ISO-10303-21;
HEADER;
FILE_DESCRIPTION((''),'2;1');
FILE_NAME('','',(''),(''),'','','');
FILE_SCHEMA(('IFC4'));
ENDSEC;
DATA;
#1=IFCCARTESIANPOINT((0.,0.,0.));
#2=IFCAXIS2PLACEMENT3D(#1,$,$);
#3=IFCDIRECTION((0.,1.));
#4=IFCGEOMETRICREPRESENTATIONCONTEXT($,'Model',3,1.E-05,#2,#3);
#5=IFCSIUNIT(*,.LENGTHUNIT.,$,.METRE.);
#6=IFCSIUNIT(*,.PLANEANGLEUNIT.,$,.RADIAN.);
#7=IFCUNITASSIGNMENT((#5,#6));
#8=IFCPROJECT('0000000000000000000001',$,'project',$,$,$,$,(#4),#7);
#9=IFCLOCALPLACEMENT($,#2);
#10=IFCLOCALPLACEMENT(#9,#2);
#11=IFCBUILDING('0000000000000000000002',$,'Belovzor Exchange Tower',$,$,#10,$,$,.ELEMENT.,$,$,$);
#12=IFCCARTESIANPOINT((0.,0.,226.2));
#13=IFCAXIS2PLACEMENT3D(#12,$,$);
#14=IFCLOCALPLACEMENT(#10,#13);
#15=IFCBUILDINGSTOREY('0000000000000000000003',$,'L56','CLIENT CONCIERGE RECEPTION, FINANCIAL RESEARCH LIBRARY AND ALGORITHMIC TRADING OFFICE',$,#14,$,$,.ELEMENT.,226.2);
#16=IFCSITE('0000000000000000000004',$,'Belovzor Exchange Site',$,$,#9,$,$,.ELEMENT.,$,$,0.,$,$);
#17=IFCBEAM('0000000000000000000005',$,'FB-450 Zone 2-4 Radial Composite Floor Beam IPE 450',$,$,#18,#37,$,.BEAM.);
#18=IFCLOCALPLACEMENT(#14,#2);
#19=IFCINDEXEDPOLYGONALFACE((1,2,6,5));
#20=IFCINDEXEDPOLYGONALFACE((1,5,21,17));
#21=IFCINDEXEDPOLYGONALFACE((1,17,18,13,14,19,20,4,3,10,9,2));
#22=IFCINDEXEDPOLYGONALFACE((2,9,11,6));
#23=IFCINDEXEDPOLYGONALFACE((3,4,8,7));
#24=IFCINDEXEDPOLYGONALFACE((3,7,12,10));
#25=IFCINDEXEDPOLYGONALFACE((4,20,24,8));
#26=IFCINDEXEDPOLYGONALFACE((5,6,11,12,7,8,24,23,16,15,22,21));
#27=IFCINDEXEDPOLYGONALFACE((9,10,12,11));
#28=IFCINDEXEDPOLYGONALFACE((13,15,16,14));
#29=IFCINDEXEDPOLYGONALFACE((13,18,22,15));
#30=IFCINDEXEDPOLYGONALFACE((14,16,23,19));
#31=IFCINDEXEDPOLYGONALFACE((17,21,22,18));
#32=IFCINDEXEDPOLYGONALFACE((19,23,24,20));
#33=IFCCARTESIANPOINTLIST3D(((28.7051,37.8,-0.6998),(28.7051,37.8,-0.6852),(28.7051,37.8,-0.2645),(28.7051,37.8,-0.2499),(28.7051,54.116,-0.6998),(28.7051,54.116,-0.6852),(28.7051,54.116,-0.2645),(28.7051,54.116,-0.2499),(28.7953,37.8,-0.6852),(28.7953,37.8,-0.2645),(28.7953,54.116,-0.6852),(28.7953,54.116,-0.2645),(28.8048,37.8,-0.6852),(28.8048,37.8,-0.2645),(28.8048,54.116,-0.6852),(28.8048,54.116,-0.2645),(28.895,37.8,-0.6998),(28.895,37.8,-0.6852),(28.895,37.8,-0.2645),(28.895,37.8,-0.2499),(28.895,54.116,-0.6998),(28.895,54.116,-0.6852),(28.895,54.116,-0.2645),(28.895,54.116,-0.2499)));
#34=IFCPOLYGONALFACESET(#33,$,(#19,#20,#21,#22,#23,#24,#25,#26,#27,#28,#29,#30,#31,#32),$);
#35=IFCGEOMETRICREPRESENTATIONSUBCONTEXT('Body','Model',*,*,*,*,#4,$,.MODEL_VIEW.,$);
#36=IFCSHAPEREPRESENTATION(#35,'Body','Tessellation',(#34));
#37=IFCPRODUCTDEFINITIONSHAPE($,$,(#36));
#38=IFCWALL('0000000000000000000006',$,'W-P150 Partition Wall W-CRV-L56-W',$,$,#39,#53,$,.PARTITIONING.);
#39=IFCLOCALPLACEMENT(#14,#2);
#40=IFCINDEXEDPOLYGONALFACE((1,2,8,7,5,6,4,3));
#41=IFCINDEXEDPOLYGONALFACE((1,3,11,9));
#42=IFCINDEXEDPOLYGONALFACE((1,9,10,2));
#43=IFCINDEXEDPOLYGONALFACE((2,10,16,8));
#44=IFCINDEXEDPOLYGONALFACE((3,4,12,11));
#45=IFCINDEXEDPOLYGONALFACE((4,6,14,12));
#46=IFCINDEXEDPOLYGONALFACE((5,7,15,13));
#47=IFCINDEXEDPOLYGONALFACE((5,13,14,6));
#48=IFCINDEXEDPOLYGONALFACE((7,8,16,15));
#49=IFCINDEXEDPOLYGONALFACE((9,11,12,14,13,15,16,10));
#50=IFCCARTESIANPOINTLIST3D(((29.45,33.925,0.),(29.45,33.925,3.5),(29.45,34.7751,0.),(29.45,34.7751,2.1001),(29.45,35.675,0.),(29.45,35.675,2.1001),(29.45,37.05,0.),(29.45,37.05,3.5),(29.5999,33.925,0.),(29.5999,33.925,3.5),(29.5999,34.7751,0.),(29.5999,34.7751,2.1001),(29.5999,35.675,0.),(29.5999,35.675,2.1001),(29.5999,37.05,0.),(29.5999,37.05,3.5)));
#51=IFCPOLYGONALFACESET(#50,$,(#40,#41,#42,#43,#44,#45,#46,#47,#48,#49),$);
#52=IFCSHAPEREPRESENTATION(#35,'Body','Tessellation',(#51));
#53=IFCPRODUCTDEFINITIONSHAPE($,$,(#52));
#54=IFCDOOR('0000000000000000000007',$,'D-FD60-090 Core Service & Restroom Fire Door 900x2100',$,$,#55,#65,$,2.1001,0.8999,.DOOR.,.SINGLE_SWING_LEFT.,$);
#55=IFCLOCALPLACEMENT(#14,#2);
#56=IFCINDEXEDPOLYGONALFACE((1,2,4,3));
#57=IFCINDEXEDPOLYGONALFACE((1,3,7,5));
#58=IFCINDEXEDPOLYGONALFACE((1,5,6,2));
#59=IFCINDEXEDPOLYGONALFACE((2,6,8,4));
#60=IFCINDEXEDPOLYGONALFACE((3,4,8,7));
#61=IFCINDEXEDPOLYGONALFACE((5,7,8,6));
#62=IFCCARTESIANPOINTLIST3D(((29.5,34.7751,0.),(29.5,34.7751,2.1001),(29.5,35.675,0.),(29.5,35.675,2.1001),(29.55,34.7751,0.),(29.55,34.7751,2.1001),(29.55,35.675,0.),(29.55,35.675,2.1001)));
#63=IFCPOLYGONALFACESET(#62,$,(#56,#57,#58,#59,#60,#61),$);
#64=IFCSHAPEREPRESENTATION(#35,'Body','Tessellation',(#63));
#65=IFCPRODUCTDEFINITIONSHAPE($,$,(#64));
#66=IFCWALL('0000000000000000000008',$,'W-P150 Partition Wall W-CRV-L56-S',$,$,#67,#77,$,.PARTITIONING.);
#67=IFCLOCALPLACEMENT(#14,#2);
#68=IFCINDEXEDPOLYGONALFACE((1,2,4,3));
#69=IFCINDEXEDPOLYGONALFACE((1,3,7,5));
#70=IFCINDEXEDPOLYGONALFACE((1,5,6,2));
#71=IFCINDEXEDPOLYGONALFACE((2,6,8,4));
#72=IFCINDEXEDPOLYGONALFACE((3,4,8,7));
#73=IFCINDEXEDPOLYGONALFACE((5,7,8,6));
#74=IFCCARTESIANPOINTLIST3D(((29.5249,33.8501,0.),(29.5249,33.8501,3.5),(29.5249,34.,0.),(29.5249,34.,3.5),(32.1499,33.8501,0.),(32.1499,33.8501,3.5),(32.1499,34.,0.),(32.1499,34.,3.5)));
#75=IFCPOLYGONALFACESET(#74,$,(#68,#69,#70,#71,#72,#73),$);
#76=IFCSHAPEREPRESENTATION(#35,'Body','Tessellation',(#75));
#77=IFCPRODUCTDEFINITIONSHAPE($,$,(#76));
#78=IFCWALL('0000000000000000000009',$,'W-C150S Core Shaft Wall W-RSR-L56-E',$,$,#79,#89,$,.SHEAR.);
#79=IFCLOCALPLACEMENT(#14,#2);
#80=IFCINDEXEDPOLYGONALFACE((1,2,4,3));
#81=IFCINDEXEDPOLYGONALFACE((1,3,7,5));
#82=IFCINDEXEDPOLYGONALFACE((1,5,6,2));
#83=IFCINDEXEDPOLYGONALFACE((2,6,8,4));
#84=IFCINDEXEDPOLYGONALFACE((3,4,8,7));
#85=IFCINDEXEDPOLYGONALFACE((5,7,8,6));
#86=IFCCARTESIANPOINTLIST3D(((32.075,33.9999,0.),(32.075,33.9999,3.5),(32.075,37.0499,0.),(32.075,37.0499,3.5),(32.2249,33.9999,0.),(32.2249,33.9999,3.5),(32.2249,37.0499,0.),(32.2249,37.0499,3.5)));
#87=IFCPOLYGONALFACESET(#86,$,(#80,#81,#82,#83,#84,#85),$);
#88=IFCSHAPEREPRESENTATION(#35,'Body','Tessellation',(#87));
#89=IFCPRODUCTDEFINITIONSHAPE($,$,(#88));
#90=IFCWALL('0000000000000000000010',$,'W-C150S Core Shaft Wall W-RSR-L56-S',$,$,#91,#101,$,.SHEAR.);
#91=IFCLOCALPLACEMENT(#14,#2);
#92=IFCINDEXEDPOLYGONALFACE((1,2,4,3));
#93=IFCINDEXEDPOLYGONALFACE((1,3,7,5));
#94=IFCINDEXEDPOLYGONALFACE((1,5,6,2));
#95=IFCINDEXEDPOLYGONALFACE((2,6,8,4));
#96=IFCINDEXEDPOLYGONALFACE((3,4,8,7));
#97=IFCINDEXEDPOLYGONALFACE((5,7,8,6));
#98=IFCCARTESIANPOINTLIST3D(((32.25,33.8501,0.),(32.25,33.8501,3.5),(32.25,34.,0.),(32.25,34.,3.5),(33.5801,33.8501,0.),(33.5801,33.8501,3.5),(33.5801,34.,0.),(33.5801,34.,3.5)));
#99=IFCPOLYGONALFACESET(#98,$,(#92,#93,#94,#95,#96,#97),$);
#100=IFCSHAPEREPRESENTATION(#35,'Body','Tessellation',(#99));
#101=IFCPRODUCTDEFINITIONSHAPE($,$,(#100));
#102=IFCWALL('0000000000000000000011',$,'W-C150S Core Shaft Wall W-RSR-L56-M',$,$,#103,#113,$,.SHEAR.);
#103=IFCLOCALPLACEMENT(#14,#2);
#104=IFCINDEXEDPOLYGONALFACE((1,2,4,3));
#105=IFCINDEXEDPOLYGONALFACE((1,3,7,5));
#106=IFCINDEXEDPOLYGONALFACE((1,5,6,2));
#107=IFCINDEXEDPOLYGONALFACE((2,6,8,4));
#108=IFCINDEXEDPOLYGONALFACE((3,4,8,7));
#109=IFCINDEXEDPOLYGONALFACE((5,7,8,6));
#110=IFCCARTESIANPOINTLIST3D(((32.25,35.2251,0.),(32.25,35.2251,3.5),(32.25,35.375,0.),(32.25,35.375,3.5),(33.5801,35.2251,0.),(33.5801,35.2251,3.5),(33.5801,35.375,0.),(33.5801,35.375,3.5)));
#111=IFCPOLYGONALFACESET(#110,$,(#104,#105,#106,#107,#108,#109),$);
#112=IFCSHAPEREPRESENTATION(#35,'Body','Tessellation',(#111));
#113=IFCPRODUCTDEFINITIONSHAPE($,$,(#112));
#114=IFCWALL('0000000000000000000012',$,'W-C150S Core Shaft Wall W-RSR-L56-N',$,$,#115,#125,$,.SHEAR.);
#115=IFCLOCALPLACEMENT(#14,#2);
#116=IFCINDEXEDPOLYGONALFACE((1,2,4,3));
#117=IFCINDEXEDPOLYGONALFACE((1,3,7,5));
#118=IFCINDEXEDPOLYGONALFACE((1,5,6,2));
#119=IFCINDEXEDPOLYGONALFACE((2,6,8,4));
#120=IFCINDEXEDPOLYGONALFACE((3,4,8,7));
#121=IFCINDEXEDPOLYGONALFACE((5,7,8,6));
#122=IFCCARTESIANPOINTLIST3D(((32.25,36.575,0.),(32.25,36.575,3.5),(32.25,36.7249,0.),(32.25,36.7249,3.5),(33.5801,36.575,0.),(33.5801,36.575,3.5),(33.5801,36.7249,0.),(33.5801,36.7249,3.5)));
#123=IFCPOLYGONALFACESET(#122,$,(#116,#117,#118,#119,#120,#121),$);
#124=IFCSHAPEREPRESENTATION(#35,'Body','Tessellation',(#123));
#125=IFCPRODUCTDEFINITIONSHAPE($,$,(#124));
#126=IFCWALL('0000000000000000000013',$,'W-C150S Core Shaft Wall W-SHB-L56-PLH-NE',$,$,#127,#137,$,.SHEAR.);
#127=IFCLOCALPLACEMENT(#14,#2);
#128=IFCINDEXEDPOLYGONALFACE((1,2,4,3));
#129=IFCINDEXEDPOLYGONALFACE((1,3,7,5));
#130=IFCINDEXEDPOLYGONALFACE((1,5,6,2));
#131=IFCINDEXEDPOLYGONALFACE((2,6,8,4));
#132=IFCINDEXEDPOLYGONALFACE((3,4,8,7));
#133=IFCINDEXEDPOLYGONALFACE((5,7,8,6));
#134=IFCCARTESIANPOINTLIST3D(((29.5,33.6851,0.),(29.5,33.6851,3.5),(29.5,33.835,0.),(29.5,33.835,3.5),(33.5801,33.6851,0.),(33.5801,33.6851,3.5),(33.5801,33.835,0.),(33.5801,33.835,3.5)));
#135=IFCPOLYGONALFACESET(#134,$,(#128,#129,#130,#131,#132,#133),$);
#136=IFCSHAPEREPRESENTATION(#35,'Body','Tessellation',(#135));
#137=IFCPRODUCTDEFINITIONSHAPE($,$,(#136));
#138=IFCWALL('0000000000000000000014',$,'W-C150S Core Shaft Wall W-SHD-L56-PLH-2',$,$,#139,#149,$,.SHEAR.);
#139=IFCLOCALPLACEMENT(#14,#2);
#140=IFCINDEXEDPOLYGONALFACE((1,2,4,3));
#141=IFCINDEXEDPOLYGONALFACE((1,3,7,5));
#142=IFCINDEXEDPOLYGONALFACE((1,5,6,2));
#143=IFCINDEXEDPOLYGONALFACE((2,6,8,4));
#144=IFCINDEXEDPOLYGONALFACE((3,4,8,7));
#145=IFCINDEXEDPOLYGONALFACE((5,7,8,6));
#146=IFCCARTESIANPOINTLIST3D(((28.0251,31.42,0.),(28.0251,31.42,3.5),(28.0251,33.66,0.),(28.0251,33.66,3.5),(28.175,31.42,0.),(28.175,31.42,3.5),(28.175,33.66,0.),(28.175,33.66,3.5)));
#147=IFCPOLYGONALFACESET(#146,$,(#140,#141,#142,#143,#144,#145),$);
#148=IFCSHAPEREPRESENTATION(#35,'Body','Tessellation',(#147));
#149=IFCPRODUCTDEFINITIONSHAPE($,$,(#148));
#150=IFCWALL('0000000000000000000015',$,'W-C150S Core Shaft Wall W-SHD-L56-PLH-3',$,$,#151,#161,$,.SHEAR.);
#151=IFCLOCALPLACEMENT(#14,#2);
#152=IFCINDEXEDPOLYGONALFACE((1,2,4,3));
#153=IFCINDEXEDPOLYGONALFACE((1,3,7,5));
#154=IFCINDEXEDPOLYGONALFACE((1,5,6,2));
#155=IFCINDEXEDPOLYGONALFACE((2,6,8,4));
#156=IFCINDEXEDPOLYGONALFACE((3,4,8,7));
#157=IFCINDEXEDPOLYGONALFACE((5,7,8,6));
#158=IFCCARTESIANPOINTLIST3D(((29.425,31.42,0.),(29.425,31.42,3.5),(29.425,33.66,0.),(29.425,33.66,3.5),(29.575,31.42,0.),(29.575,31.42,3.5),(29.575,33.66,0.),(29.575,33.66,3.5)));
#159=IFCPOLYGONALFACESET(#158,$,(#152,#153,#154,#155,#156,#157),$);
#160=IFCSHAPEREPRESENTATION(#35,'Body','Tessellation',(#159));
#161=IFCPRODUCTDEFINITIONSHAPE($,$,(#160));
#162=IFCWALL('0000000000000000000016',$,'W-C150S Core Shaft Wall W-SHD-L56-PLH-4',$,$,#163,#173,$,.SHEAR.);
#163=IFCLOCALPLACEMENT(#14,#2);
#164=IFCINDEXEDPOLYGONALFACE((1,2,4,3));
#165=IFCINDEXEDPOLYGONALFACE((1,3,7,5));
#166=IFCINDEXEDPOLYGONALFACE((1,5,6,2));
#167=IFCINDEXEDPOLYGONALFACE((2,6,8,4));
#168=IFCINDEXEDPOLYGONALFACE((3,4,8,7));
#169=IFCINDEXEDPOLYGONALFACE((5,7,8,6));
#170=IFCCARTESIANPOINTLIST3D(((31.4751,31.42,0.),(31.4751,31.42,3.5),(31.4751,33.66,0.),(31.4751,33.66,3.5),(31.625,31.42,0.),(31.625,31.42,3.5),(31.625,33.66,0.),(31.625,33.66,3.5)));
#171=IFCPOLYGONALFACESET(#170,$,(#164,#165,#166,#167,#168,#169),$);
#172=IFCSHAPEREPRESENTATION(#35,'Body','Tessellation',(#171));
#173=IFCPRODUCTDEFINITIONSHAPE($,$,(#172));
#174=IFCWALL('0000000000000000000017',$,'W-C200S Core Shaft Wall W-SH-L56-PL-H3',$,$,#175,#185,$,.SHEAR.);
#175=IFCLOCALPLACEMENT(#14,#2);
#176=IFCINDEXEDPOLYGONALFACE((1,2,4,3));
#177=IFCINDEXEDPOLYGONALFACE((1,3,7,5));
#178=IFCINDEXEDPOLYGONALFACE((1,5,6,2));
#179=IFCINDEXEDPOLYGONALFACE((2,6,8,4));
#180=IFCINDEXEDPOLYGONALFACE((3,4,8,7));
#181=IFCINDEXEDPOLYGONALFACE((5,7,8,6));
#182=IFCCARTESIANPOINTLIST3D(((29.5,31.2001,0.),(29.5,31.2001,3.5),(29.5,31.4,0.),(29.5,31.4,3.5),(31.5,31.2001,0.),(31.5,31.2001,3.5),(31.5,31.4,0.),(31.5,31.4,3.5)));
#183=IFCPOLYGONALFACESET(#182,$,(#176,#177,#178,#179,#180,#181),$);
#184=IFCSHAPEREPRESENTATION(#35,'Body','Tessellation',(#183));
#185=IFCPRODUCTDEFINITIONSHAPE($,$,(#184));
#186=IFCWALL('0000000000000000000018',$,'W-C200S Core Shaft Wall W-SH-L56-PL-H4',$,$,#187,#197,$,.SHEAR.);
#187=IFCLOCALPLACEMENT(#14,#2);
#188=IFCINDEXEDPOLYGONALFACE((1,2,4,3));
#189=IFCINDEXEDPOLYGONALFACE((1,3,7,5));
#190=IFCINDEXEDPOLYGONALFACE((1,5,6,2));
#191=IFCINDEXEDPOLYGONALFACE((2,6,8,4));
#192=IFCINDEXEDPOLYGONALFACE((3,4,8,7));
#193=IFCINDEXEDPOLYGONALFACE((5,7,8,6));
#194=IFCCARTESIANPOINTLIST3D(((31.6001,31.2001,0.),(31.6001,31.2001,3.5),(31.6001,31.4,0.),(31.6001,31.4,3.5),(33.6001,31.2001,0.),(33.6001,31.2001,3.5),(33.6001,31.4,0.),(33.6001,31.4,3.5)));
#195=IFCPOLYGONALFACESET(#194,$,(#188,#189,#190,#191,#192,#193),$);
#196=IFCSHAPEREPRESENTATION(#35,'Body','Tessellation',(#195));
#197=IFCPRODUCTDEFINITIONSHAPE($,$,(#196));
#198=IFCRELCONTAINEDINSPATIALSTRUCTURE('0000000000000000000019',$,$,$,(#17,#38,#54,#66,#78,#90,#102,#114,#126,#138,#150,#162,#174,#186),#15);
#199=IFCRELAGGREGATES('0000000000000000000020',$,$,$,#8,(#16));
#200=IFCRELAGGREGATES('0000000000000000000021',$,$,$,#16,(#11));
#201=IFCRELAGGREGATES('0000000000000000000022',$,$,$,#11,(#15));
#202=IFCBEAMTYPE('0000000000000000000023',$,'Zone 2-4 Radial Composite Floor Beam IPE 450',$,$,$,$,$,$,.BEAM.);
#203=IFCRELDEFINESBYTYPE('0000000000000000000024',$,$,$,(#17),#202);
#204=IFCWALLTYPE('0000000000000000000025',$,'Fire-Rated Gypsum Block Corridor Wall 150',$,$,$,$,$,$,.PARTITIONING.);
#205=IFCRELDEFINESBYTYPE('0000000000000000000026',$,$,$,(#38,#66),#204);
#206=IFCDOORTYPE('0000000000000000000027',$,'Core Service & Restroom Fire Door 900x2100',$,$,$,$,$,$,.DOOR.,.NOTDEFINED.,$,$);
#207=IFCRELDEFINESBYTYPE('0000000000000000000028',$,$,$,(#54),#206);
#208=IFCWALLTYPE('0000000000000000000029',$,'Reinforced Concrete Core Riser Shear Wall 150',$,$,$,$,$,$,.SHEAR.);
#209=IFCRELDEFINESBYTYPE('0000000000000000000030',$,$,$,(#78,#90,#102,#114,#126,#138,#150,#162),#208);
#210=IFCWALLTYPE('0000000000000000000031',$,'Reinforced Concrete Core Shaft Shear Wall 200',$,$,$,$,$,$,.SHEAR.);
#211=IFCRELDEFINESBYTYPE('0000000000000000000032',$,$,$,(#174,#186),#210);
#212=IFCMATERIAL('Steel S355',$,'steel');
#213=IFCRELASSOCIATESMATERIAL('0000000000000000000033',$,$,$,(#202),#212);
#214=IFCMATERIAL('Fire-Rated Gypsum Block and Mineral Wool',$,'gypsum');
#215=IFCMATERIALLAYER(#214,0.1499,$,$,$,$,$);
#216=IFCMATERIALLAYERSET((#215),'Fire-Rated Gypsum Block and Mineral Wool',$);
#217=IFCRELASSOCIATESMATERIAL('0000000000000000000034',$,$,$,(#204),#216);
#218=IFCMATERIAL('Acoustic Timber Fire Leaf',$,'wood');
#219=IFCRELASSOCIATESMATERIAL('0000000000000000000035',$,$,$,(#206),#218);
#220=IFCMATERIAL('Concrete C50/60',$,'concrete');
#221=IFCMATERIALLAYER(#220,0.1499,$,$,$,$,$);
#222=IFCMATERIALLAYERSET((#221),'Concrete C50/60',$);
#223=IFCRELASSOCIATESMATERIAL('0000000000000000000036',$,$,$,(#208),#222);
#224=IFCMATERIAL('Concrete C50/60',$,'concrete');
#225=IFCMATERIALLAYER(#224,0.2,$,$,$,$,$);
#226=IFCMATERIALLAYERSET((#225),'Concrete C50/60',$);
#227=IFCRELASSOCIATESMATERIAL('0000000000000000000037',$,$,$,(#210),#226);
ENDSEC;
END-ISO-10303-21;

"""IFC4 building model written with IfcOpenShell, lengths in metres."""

from ifc_helpers import new_model, si_unit, direction, frame, frame_2d, origin, origin_2d, place, context, subcontext, project, spatial, rectangle, i_section, extrude, material, layer, layer_set, material_profile, profile_set, type_object, element, fill, save


model = new_model("IFC4")

# Units and contexts
model_context = context("Model", 3, precision=1e-05, world=origin(), true_north=direction((0.0, 1.0)))
body_context = subcontext(model_context, "Body", "Model", "MODEL_VIEW")
ifc_project = project(units=[si_unit("LENGTHUNIT", "METRE"), si_unit("PLANEANGLEUNIT", "RADIAN")], contexts=[model_context])

# Site, building, storey
site_placement = place(None, origin())
site = spatial("IfcSite", under=ifc_project, at=site_placement, Name="Belovzor Exchange Site", CompositionType="ELEMENT", RefElevation=0.0)
building_placement = place(site_placement, origin())
building = spatial("IfcBuilding", under=site, at=building_placement, Name="Belovzor Exchange Tower", CompositionType="ELEMENT")
storey_placement = place(building_placement, frame((0.0, 0.0, 226.2)))
storey = spatial("IfcBuildingStorey", under=building, at=storey_placement, Name="L56", Description="CLIENT CONCIERGE RECEPTION, FINANCIAL RESEARCH LIBRARY AND ALGORITHMIC TRADING OFFICE", CompositionType="ELEMENT", Elevation=226.2)

# Beam
ifc_material_1 = material(Name="Steel S355", Category="steel")
ifc_material_profile = material_profile(ifc_material_1, i_section(OverallWidth=0.1899, OverallDepth=0.45, WebThickness=0.0095, FlangeThickness=0.0146, at=origin_2d()))
ifc_profile_set = profile_set([ifc_material_profile], Name="Steel S355")
beam_type = type_object("IfcBeamType", Name="Zone 2-4 Radial Composite Floor Beam IPE 450", PredefinedType="BEAM", material=ifc_profile_set)
beam_placement = place(storey_placement, frame((28.8, 37.8, -0.4749), z_axis=(0.0, 1.0, 0.0), x_axis=(-1.0, 0.0, 0.0)))
element("IfcBeam", 1, at=beam_placement, inside=storey, type_object=beam_type, Name="FB-450 Zone 2-4 Radial Composite Floor Beam IPE 450", PredefinedType="BEAM", context=body_context, shape_type="SweptSolid", body=[
    extrude(i_section(OverallWidth=0.1899, OverallDepth=0.45, WebThickness=0.0095, FlangeThickness=0.0146, at=origin_2d()), origin(), (0.0, 0.0, 1.0), 16.3159),
])

# Wall, opening, door
ifc_material_2 = material(Name="Fire-Rated Gypsum Block and Mineral Wool", Category="gypsum")
ifc_layer_1 = layer(ifc_material_2, 0.1499)
ifc_layer_set_1 = layer_set([ifc_layer_1], Name="Fire-Rated Gypsum Block and Mineral Wool")
wall_type_1 = type_object("IfcWallType", Name="Fire-Rated Gypsum Block Corridor Wall 150", PredefinedType="PARTITIONING", material=ifc_layer_set_1)
wall_1_placement = place(storey_placement, frame((29.5249, 33.925, 0.0), z_axis=(0.0, 0.0, 1.0), x_axis=(0.0, 1.0, 0.0)))
wall_1 = element("IfcWall", 2, at=wall_1_placement, inside=storey, type_object=wall_type_1, Name="W-P150 Partition Wall W-CRV-L56-W", PredefinedType="PARTITIONING", context=body_context, shape_type="SweptSolid", body=[
    extrude(rectangle(XDim=3.125, YDim=0.1499, at=frame_2d((1.5625, 0.0))), origin(), (0.0, 0.0, 1.0), 3.5),
])
opening_placement = place(wall_1_placement, frame((0.8501, 0.0, 0.0)))
opening = element("IfcOpeningElement", 3, at=opening_placement, cuts=wall_1, PredefinedType="OPENING", context=body_context, shape_type="SweptSolid", body=[
    extrude(rectangle(XDim=0.8999, YDim=2.1001, at=frame_2d((0.45, 1.05))), frame((0.0, 0.085, 0.0), z_axis=(0.0, -1.0, 0.0), x_axis=(1.0, 0.0, 0.0)), (0.0, 0.0, 1.0), 0.1699),
])
ifc_material_3 = material(Name="Acoustic Timber Fire Leaf", Category="wood")
door_type = type_object("IfcDoorType", Name="Core Service & Restroom Fire Door 900x2100", OperationType="NOTDEFINED", PredefinedType="DOOR", material=ifc_material_3)
door_placement = place(opening_placement, origin())
door = element("IfcDoor", 4, at=door_placement, inside=storey, type_object=door_type, Name="D-FD60-090 Core Service & Restroom Fire Door 900x2100", OperationType="SINGLE_SWING_LEFT", OverallHeight=2.1001, OverallWidth=0.8999, PredefinedType="DOOR", context=body_context, shape_type="SweptSolid", body=[
    extrude(rectangle(XDim=0.8999, YDim=2.1001, at=frame_2d((0.45, 1.05))), frame((0.0, 0.0249, 0.0), z_axis=(0.0, -1.0, 0.0), x_axis=(1.0, 0.0, 0.0)), (0.0, 0.0, 1.0), 0.05),
])
fill(opening, door)

# Walls
wall_2_placement = place(storey_placement, frame((29.5249, 33.925, 0.0), z_axis=(0.0, 0.0, 1.0), x_axis=(1.0, 0.0, 0.0)))
element("IfcWall", 5, at=wall_2_placement, inside=storey, type_object=wall_type_1, Name="W-P150 Partition Wall W-CRV-L56-S", PredefinedType="PARTITIONING", context=body_context, shape_type="SweptSolid", body=[
    extrude(rectangle(XDim=2.625, YDim=0.1499, at=frame_2d((1.3125, 0.0))), origin(), (0.0, 0.0, 1.0), 3.5),
])
ifc_material_4 = material(Name="Concrete C50/60", Category="concrete")
ifc_layer_2 = layer(ifc_material_4, 0.1499)
ifc_layer_set_2 = layer_set([ifc_layer_2], Name="Concrete C50/60")
wall_type_2 = type_object("IfcWallType", Name="Reinforced Concrete Core Riser Shear Wall 150", PredefinedType="SHEAR", material=ifc_layer_set_2)
wall_3_placement = place(storey_placement, frame((32.1499, 34.0, 0.0), z_axis=(0.0, 0.0, 1.0), x_axis=(0.0, 1.0, 0.0)))
element("IfcWall", 6, at=wall_3_placement, inside=storey, type_object=wall_type_2, Name="W-C150S Core Shaft Wall W-RSR-L56-E", PredefinedType="SHEAR", context=body_context, shape_type="SweptSolid", body=[
    extrude(rectangle(XDim=3.05, YDim=0.1499, at=frame_2d((1.5249, 0.0))), origin(), (0.0, 0.0, 1.0), 3.5),
])
for number, where, z_axis, x_axis, name in (
    (7, (32.25, 33.925, 0.0), (0.0, 0.0, 1.0), (1.0, 0.0, 0.0), "W-C150S Core Shaft Wall W-RSR-L56-S"),
    (8, (32.25, 35.3, 0.0), (0.0, 0.0, 1.0), (1.0, 0.0, 0.0), "W-C150S Core Shaft Wall W-RSR-L56-M"),
    (9, (32.25, 36.6499, 0.0), (0.0, 0.0, 1.0), (1.0, 0.0, 0.0), "W-C150S Core Shaft Wall W-RSR-L56-N"),
):
    element("IfcWall", number, at=place(storey_placement, frame(where, z_axis=z_axis, x_axis=x_axis)), inside=storey, type_object=wall_type_2, Name=name, PredefinedType="SHEAR", context=body_context, shape_type="SweptSolid", body=[
        extrude(rectangle(XDim=1.3301, YDim=0.1499, at=frame_2d((0.665, 0.0))), origin(), (0.0, 0.0, 1.0), 3.5),
    ])
wall_4_placement = place(storey_placement, frame((29.5, 33.76, 0.0), z_axis=(0.0, 0.0, 1.0), x_axis=(1.0, 0.0, 0.0)))
element("IfcWall", 10, at=wall_4_placement, inside=storey, type_object=wall_type_2, Name="W-C150S Core Shaft Wall W-SHB-L56-PLH-NE", PredefinedType="SHEAR", context=body_context, shape_type="SweptSolid", body=[
    extrude(rectangle(XDim=4.0801, YDim=0.1499, at=frame_2d((2.04, 0.0))), origin(), (0.0, 0.0, 1.0), 3.5),
])
for number, where, z_axis, x_axis, name in (
    (11, (28.1001, 31.4199, 0.0), (0.0, 0.0, 1.0), (0.0, 1.0, 0.0), "W-C150S Core Shaft Wall W-SHD-L56-PLH-2"),
    (12, (29.5, 31.4199, 0.0), (0.0, 0.0, 1.0), (0.0, 1.0, 0.0), "W-C150S Core Shaft Wall W-SHD-L56-PLH-3"),
    (13, (31.55, 31.4199, 0.0), (0.0, 0.0, 1.0), (0.0, 1.0, 0.0), "W-C150S Core Shaft Wall W-SHD-L56-PLH-4"),
):
    element("IfcWall", number, at=place(storey_placement, frame(where, z_axis=z_axis, x_axis=x_axis)), inside=storey, type_object=wall_type_2, Name=name, PredefinedType="SHEAR", context=body_context, shape_type="SweptSolid", body=[
        extrude(rectangle(XDim=2.24, YDim=0.1499, at=frame_2d((1.1201, 0.0))), origin(), (0.0, 0.0, 1.0), 3.5),
    ])
ifc_material_5 = material(Name="Concrete C50/60", Category="concrete")
ifc_layer_3 = layer(ifc_material_5, 0.2)
ifc_layer_set_3 = layer_set([ifc_layer_3], Name="Concrete C50/60")
wall_type_3 = type_object("IfcWallType", Name="Reinforced Concrete Core Shaft Shear Wall 200", PredefinedType="SHEAR", material=ifc_layer_set_3)
for number, where, z_axis, x_axis, name in (
    (14, (29.5, 31.3, 0.0), (0.0, 0.0, 1.0), (1.0, 0.0, 0.0), "W-C200S Core Shaft Wall W-SH-L56-PL-H3"),
    (15, (31.6001, 31.3, 0.0), (0.0, 0.0, 1.0), (1.0, 0.0, 0.0), "W-C200S Core Shaft Wall W-SH-L56-PL-H4"),
):
    element("IfcWall", number, at=place(storey_placement, frame(where, z_axis=z_axis, x_axis=x_axis)), inside=storey, type_object=wall_type_3, Name=name, PredefinedType="SHEAR", context=body_context, shape_type="SweptSolid", body=[
        extrude(rectangle(XDim=2.0, YDim=0.2, at=frame_2d((1.0, 0.0))), origin(), (0.0, 0.0, 1.0), 3.5),
    ])

save(model, "model.ifc")
